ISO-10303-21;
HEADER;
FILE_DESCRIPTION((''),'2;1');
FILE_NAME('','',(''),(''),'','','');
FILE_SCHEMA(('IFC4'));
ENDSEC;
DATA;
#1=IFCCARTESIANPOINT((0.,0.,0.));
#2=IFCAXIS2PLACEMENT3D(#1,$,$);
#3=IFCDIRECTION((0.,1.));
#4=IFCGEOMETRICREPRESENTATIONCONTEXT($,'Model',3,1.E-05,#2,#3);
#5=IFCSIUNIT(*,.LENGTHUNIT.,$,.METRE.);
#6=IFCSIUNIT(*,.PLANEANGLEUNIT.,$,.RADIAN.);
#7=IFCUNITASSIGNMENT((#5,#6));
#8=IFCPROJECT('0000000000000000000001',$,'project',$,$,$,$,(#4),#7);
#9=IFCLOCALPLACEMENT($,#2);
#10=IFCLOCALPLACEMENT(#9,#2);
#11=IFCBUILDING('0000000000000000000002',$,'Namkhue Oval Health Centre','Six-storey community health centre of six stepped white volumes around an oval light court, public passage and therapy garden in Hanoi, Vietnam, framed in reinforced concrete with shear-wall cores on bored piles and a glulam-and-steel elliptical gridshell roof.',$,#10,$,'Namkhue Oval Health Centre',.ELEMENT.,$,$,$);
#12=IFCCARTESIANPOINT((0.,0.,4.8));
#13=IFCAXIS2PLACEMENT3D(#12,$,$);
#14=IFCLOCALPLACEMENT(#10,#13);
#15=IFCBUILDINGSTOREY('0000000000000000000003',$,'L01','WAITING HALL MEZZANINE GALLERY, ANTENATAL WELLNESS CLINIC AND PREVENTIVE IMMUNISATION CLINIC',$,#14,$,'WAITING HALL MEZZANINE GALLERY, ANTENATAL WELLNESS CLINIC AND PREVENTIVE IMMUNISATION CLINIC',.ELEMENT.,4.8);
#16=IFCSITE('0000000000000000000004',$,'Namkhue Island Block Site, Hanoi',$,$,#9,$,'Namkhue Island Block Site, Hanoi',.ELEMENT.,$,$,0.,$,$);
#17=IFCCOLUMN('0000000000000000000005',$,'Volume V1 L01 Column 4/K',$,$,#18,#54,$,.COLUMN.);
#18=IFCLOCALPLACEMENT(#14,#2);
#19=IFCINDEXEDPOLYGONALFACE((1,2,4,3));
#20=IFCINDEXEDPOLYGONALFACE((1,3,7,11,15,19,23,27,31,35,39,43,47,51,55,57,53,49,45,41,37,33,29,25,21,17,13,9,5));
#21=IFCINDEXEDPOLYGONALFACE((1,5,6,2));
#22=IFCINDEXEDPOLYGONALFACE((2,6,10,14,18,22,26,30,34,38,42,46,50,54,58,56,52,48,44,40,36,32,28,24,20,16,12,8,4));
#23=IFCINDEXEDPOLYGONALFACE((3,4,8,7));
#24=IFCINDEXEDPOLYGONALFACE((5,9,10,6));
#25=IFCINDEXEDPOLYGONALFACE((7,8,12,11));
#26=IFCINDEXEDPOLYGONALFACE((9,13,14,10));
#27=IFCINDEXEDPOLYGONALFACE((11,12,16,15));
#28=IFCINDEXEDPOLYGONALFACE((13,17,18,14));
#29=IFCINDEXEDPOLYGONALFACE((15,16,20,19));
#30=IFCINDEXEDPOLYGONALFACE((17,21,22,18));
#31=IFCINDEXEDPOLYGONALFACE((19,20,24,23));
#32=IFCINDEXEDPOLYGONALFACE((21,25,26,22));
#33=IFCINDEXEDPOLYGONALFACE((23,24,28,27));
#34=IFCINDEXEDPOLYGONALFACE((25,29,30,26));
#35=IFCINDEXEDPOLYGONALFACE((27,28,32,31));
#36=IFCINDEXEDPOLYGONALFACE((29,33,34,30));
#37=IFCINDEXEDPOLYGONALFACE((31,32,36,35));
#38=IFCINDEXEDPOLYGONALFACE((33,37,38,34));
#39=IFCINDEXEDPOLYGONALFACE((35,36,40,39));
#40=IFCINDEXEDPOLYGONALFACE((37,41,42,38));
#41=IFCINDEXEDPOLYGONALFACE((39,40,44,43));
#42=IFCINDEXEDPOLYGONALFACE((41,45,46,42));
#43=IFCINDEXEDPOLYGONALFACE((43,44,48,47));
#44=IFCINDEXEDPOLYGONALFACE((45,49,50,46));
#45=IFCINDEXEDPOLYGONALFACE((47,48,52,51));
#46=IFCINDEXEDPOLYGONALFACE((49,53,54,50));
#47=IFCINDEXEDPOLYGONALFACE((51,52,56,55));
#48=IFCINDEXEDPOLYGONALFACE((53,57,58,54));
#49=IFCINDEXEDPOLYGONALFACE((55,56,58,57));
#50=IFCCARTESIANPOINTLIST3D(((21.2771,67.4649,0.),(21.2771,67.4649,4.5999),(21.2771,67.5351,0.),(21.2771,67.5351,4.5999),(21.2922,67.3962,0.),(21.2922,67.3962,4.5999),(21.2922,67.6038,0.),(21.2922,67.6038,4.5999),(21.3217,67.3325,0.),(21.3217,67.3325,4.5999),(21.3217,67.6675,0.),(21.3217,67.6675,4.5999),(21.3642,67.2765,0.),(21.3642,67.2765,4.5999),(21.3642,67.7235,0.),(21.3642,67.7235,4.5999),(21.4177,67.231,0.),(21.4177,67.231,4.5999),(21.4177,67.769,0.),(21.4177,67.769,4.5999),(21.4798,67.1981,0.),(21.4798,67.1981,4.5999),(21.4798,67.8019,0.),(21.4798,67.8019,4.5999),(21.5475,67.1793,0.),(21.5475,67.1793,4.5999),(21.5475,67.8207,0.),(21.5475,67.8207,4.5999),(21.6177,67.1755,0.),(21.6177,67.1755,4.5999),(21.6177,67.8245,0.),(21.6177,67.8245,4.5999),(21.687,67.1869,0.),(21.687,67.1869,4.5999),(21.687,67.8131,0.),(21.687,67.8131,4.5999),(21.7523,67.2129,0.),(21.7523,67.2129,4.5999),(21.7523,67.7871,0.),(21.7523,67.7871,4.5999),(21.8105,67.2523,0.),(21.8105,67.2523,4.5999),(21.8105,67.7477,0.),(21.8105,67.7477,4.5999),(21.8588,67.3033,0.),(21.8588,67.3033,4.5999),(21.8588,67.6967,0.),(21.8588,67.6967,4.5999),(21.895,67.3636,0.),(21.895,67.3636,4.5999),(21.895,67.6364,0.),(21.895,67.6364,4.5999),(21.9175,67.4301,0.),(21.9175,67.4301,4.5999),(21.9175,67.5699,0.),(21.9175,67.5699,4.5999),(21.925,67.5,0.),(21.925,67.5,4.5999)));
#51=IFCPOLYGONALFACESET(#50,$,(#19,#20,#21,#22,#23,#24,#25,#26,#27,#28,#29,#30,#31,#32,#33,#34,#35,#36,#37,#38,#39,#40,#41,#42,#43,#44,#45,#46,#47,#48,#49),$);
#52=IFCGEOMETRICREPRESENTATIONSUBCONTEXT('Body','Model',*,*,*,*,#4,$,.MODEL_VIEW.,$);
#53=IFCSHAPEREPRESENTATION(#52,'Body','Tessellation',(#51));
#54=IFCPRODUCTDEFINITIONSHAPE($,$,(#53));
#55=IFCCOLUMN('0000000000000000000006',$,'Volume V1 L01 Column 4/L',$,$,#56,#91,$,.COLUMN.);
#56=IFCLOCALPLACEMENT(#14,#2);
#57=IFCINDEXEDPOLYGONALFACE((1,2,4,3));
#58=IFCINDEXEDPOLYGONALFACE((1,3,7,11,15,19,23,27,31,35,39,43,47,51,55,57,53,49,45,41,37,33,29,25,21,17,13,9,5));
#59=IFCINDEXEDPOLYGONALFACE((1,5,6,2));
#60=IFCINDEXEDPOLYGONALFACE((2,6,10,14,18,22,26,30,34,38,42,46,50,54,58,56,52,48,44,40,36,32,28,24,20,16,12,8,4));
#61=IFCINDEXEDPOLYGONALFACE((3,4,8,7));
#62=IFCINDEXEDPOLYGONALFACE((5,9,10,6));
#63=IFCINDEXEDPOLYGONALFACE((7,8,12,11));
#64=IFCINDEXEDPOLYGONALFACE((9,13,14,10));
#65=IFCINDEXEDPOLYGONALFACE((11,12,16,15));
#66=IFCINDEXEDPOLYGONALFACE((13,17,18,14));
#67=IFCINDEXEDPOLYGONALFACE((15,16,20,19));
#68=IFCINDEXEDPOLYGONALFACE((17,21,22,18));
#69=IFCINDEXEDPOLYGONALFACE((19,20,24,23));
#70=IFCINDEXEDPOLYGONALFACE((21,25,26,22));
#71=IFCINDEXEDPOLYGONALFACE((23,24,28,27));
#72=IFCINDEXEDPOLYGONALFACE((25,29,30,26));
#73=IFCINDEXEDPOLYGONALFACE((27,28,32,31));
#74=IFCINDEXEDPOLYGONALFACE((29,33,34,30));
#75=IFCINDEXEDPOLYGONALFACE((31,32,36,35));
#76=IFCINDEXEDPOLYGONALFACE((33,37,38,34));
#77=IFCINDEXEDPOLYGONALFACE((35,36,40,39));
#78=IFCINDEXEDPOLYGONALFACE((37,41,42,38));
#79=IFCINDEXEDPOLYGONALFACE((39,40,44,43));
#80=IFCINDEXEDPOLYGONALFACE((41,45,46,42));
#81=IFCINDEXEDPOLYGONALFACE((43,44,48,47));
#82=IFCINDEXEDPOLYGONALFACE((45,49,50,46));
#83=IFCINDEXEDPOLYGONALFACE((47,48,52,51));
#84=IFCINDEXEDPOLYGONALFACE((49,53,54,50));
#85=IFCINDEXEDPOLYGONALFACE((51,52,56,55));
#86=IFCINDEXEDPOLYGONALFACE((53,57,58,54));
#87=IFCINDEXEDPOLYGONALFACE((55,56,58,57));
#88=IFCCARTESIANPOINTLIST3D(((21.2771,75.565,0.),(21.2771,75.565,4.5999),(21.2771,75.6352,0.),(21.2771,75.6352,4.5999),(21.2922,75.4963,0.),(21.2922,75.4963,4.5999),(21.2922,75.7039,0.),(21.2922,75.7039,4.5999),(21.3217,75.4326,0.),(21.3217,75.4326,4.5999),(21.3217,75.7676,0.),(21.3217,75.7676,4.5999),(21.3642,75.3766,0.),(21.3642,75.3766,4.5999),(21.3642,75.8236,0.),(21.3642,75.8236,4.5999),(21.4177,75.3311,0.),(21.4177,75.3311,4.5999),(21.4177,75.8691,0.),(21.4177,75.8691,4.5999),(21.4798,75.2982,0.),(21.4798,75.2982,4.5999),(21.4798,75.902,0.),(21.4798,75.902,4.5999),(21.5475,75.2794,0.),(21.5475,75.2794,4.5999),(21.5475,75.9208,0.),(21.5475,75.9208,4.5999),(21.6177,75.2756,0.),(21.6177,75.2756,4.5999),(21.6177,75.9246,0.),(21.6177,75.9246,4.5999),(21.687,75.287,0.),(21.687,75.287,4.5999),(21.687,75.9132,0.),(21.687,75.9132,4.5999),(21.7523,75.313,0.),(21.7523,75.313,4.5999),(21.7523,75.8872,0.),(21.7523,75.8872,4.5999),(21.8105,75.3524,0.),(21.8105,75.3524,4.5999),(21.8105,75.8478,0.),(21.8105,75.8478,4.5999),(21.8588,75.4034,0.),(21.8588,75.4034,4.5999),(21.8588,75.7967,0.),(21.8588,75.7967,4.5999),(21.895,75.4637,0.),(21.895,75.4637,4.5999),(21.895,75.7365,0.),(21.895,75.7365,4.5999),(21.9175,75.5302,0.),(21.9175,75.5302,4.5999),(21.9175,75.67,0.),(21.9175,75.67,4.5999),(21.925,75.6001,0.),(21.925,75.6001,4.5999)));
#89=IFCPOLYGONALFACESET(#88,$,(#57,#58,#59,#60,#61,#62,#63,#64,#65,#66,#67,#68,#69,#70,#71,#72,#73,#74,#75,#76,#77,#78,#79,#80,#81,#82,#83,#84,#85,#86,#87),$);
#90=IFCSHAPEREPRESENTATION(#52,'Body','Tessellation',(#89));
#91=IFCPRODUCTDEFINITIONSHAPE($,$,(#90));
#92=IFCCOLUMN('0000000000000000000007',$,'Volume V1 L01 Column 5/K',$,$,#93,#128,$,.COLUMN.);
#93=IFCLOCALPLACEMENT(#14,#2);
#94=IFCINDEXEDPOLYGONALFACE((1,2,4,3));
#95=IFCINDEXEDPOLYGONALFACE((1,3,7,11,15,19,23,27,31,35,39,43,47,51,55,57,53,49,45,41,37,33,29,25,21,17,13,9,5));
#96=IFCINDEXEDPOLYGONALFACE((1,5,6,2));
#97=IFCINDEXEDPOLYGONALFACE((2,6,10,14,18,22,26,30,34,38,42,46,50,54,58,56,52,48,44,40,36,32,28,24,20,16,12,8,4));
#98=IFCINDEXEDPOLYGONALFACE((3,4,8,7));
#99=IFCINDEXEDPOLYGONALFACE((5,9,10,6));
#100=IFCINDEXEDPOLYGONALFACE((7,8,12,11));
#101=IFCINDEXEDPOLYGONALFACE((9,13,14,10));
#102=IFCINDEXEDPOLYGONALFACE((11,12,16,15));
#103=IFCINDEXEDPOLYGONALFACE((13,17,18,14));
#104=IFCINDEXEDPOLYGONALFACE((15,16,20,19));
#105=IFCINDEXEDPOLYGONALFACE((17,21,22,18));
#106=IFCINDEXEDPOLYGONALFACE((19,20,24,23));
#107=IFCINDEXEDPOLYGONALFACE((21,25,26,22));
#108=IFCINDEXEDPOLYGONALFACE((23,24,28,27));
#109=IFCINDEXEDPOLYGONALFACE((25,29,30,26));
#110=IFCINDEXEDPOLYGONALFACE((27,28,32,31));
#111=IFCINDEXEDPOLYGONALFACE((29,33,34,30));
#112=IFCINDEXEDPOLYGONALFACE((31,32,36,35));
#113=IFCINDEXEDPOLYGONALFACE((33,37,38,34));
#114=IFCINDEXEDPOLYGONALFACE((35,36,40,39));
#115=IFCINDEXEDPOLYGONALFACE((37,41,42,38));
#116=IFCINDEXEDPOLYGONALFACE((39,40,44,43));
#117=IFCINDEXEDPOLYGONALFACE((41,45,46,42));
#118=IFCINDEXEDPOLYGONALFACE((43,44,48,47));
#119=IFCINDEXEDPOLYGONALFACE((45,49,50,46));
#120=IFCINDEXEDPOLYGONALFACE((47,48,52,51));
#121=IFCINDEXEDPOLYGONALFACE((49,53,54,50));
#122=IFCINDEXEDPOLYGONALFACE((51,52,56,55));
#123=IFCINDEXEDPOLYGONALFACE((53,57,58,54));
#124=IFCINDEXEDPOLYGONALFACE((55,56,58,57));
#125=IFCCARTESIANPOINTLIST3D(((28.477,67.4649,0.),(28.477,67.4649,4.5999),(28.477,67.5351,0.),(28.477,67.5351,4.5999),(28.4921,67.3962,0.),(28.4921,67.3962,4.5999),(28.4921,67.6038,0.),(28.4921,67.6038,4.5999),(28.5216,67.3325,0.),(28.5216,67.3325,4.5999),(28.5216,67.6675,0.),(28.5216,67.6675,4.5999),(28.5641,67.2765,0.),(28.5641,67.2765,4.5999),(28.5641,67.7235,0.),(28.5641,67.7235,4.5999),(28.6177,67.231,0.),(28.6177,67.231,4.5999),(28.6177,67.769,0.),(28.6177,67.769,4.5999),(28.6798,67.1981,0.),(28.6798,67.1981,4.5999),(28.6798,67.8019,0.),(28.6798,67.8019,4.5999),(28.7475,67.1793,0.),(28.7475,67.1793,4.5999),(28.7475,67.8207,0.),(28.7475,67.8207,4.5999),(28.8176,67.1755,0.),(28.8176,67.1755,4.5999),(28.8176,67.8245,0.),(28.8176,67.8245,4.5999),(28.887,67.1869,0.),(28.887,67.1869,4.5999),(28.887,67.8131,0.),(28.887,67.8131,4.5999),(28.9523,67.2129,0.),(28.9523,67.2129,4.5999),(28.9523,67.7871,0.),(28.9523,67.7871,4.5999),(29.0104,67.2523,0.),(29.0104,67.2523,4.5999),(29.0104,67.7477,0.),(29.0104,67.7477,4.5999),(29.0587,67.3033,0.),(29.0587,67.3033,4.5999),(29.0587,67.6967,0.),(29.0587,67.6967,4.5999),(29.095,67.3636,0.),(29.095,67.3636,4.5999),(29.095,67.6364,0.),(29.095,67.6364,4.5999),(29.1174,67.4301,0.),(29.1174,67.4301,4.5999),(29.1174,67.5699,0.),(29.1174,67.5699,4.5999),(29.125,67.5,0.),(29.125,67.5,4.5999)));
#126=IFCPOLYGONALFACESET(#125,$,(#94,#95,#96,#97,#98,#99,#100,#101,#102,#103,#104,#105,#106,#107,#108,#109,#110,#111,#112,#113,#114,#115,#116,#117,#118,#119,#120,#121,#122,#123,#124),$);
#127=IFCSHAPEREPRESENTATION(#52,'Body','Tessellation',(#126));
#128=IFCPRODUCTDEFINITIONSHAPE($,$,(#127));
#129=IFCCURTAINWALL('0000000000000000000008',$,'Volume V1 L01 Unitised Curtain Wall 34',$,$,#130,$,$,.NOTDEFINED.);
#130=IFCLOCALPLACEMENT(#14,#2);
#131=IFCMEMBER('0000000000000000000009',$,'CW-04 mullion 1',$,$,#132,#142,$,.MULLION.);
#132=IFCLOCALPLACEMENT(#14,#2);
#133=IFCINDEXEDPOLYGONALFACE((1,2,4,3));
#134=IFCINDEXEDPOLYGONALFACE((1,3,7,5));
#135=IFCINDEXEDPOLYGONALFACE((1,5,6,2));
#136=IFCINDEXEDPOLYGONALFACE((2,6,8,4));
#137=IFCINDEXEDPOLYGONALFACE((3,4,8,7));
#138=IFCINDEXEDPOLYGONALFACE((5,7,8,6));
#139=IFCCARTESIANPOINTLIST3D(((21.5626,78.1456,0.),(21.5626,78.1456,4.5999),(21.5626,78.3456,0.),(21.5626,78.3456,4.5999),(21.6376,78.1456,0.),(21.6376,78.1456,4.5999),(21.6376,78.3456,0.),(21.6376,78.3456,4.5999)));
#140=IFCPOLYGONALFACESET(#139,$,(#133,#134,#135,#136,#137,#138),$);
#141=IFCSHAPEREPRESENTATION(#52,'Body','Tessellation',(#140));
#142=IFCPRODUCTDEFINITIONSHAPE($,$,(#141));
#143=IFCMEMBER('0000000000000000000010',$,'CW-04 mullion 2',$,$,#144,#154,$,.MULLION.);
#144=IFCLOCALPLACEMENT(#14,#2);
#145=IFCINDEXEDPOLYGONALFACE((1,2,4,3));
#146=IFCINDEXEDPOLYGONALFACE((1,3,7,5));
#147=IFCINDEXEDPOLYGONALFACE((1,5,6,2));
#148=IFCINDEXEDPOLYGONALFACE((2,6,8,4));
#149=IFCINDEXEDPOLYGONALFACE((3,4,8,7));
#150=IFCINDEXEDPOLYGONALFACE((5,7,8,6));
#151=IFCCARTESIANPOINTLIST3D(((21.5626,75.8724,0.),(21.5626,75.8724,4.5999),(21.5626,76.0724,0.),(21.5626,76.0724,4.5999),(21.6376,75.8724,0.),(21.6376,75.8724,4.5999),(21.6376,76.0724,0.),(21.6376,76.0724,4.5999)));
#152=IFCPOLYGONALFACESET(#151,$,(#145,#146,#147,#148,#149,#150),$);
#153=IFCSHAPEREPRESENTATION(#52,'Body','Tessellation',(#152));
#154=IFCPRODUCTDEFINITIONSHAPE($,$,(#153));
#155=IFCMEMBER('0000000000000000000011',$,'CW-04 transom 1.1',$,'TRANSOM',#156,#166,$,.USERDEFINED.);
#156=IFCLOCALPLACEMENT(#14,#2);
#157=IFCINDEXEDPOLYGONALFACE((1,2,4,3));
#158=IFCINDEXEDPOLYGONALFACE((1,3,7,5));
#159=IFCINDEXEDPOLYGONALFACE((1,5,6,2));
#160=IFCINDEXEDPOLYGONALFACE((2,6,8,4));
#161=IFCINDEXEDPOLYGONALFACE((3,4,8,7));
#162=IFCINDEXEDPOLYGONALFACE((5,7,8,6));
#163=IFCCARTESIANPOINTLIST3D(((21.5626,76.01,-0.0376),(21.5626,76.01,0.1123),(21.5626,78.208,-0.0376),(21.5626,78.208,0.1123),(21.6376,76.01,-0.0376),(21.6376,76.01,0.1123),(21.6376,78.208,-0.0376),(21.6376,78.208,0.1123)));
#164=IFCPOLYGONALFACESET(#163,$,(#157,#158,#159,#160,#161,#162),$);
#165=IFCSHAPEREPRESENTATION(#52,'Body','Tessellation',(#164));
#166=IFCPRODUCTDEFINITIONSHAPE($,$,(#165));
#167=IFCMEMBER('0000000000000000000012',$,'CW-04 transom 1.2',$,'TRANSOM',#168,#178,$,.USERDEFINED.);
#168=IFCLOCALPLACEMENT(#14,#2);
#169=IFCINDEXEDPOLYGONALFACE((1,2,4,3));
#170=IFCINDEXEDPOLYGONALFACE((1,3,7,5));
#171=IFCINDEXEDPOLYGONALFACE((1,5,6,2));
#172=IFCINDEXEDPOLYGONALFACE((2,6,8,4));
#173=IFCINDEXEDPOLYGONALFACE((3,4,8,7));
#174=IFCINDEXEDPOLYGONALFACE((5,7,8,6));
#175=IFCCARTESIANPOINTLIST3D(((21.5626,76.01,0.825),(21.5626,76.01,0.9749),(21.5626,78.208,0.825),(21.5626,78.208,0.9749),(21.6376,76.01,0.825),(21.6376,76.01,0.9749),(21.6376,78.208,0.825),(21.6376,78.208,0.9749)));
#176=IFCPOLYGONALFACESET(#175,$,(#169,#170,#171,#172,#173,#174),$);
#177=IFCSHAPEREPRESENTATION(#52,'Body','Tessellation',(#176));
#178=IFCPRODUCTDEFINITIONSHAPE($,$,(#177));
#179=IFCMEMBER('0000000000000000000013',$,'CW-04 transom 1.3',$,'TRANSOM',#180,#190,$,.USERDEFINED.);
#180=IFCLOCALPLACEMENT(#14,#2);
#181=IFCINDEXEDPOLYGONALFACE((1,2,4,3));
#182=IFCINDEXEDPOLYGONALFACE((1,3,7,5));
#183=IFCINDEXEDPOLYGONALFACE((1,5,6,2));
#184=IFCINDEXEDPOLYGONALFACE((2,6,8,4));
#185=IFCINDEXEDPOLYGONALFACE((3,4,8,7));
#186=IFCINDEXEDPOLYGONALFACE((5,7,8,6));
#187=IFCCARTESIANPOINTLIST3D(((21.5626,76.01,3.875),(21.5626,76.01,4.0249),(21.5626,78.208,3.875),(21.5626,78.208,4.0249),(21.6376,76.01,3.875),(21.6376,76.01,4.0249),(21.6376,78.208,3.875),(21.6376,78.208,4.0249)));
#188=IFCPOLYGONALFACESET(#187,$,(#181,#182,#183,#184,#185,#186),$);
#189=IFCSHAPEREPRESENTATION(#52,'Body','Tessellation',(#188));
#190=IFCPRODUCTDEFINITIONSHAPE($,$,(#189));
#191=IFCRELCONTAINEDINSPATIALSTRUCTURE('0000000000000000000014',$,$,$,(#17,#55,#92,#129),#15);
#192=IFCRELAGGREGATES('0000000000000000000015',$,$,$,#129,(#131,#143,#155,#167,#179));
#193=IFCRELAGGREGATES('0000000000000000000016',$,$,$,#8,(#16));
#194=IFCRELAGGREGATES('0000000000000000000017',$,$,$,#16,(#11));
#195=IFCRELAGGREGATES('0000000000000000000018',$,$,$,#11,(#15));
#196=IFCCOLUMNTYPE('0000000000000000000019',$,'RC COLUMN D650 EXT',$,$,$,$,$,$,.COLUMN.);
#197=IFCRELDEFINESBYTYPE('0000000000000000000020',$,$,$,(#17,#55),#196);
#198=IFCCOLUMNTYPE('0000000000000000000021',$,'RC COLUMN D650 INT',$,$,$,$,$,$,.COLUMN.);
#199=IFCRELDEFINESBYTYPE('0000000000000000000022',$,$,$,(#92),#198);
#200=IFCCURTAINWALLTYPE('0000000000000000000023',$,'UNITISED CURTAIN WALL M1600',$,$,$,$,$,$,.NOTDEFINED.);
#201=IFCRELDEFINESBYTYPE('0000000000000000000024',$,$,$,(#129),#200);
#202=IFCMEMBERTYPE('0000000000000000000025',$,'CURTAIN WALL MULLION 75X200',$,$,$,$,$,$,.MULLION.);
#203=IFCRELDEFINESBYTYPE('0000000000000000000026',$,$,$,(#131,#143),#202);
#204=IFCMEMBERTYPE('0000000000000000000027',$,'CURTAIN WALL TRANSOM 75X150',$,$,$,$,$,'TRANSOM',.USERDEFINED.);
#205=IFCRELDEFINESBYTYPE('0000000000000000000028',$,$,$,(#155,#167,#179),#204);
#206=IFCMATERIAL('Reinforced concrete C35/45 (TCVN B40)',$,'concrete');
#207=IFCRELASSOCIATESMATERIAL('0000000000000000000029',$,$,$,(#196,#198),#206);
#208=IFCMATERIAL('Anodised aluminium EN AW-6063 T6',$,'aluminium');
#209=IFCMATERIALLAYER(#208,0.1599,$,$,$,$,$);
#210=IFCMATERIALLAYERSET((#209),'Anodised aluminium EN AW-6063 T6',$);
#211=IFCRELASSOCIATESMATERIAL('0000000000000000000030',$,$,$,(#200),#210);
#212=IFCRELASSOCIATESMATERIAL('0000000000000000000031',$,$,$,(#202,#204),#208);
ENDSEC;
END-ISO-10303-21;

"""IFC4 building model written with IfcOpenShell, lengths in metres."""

from ifc_helpers import new_model, si_unit, direction, frame, origin, origin_2d, place, context, subcontext, project, spatial, rectangle, circle, extrude, material, layer, layer_set, material_profile, profile_set, type_object, element, aggregate, save


model = new_model("IFC4")

# Units and contexts
model_context = context("Model", 3, precision=1e-05, world=origin(), true_north=direction((0.0, 1.0)))
body_context = subcontext(model_context, "Body", "Model", "MODEL_VIEW")
ifc_project = project(units=[si_unit("LENGTHUNIT", "METRE"), si_unit("PLANEANGLEUNIT", "RADIAN")], contexts=[model_context])

# Site, building, storey
site_placement = place(None, origin())
site = spatial("IfcSite", under=ifc_project, at=site_placement, Name="Namkhue Island Block Site, Hanoi", LongName="Namkhue Island Block Site, Hanoi", CompositionType="ELEMENT", RefElevation=0.0)
building_placement = place(site_placement, origin())
building = spatial("IfcBuilding", under=site, at=building_placement, Name="Namkhue Oval Health Centre", Description="Six-storey community health centre of six stepped white volumes around an oval light court, public passage and therapy garden in Hanoi, Vietnam, framed in reinforced concrete with shear-wall cores on bored piles and a glulam-and-steel elliptical gridshell roof.", LongName="Namkhue Oval Health Centre", CompositionType="ELEMENT")
storey_placement = place(building_placement, frame((0.0, 0.0, 4.8)))
storey = spatial("IfcBuildingStorey", under=building, at=storey_placement, Name="L01", Description="WAITING HALL MEZZANINE GALLERY, ANTENATAL WELLNESS CLINIC AND PREVENTIVE IMMUNISATION CLINIC", LongName="WAITING HALL MEZZANINE GALLERY, ANTENATAL WELLNESS CLINIC AND PREVENTIVE IMMUNISATION CLINIC", CompositionType="ELEMENT", Elevation=4.8)

# Columns
ifc_material_1 = material(Name="Reinforced concrete C35/45 (TCVN B40)", Category="concrete")
ifc_material_profile_1 = material_profile(ifc_material_1, circle(Radius=0.325, at=origin_2d()), Name="RC D650")
ifc_profile_set_1 = profile_set([ifc_material_profile_1], Name="Reinforced concrete C35/45 (TCVN B40)")
column_type_1 = type_object("IfcColumnType", Name="RC COLUMN D650 EXT", PredefinedType="COLUMN", material=ifc_profile_set_1)
for number, where, z_axis, x_axis, name in (
    (1, (21.6001, 67.5, 0.0), (0.0, 0.0, 1.0), (1.0, 0.0, 0.0), "Volume V1 L01 Column 4/K"),
    (2, (21.6001, 75.6001, 0.0), (0.0, 0.0, 1.0), (1.0, 0.0, 0.0), "Volume V1 L01 Column 4/L"),
):
    element("IfcColumn", number, at=place(storey_placement, frame(where, z_axis=z_axis, x_axis=x_axis)), inside=storey, type_object=column_type_1, Name=name, PredefinedType="COLUMN", context=body_context, shape_type="SweptSolid", body=[
        extrude(circle(Radius=0.325, at=origin_2d()), origin(), (0.0, 0.0, 1.0), 4.5999),
    ])
ifc_material_profile_2 = material_profile(ifc_material_1, circle(Radius=0.325, at=origin_2d()), Name="RC D650")
ifc_profile_set_2 = profile_set([ifc_material_profile_2], Name="Reinforced concrete C35/45 (TCVN B40)")
column_type_2 = type_object("IfcColumnType", Name="RC COLUMN D650 INT", PredefinedType="COLUMN", material=ifc_profile_set_2)
column_placement = place(storey_placement, frame((28.8, 67.5, 0.0), z_axis=(0.0, 0.0, 1.0), x_axis=(1.0, 0.0, 0.0)))
element("IfcColumn", 3, at=column_placement, inside=storey, type_object=column_type_2, Name="Volume V1 L01 Column 5/K", PredefinedType="COLUMN", context=body_context, shape_type="SweptSolid", body=[
    extrude(circle(Radius=0.325, at=origin_2d()), origin(), (0.0, 0.0, 1.0), 4.5999),
])

# Curtain wall, members
ifc_material_2 = material(Name="Anodised aluminium EN AW-6063 T6", Category="aluminium")
ifc_layer_1 = layer(ifc_material_2, 0.1599)
ifc_layer_set_1 = layer_set([ifc_layer_1], Name="Anodised aluminium EN AW-6063 T6")
curtain_wall_type = type_object("IfcCurtainWallType", Name="UNITISED CURTAIN WALL M1600", PredefinedType="NOTDEFINED", material=ifc_layer_set_1)
curtain_wall_placement = place(storey_placement, origin())
curtain_wall = element("IfcCurtainWall", 4, at=curtain_wall_placement, inside=storey, type_object=curtain_wall_type, Name="Volume V1 L01 Unitised Curtain Wall 34", PredefinedType="NOTDEFINED")
ifc_material_profile_3 = material_profile(ifc_material_2, rectangle(XDim=0.075, YDim=0.2, at=origin_2d()), Name="ALU 75x200")
ifc_profile_set_3 = profile_set([ifc_material_profile_3], Name="Anodised aluminium EN AW-6063 T6")
member_type_1 = type_object("IfcMemberType", Name="CURTAIN WALL MULLION 75X200", PredefinedType="MULLION", material=ifc_profile_set_3)
member_1_placement = place(storey_placement, frame((21.6001, 78.2456, 0.0), z_axis=(0.0, 0.0, 1.0), x_axis=(1.0, 0.0, 0.0)))
member_1 = element("IfcMember", 5, at=member_1_placement, type_object=member_type_1, Name="CW-04 mullion 1", PredefinedType="MULLION", context=body_context, shape_type="SweptSolid", body=[
    extrude(rectangle(XDim=0.075, YDim=0.2, at=origin_2d()), origin(), (0.0, 0.0, 1.0), 4.5999),
])
member_2_placement = place(storey_placement, frame((21.6001, 75.9724, 0.0), z_axis=(0.0, 0.0, 1.0), x_axis=(1.0, 0.0, 0.0)))
member_2 = element("IfcMember", 6, at=member_2_placement, type_object=member_type_1, Name="CW-04 mullion 2", PredefinedType="MULLION", context=body_context, shape_type="SweptSolid", body=[
    extrude(rectangle(XDim=0.075, YDim=0.2, at=origin_2d()), origin(), (0.0, 0.0, 1.0), 4.5999),
])
ifc_material_profile_4 = material_profile(ifc_material_2, rectangle(XDim=0.075, YDim=0.1499, at=origin_2d()), Name="ALU 75x150")
ifc_profile_set_4 = profile_set([ifc_material_profile_4], Name="Anodised aluminium EN AW-6063 T6")
member_type_2 = type_object("IfcMemberType", Name="CURTAIN WALL TRANSOM 75X150", ElementType="TRANSOM", PredefinedType="USERDEFINED", material=ifc_profile_set_4)
member_3_placement = place(storey_placement, frame((21.6001, 78.208, 0.0374), z_axis=(0.0, -1.0, 0.0), x_axis=(1.0, 0.0, 0.0)))
member_3 = element("IfcMember", 7, at=member_3_placement, type_object=member_type_2, Name="CW-04 transom 1.1", ObjectType="TRANSOM", PredefinedType="USERDEFINED", context=body_context, shape_type="SweptSolid", body=[
    extrude(rectangle(XDim=0.075, YDim=0.1499, at=origin_2d()), origin(), (0.0, 0.0, 1.0), 2.198),
])
member_4_placement = place(storey_placement, frame((21.6001, 78.208, 0.8999), z_axis=(0.0, -1.0, 0.0), x_axis=(1.0, 0.0, 0.0)))
member_4 = element("IfcMember", 8, at=member_4_placement, type_object=member_type_2, Name="CW-04 transom 1.2", ObjectType="TRANSOM", PredefinedType="USERDEFINED", context=body_context, shape_type="SweptSolid", body=[
    extrude(rectangle(XDim=0.075, YDim=0.1499, at=origin_2d()), origin(), (0.0, 0.0, 1.0), 2.198),
])
member_5_placement = place(storey_placement, frame((21.6001, 78.208, 3.95), z_axis=(0.0, -1.0, 0.0), x_axis=(1.0, 0.0, 0.0)))
member_5 = element("IfcMember", 9, at=member_5_placement, type_object=member_type_2, Name="CW-04 transom 1.3", ObjectType="TRANSOM", PredefinedType="USERDEFINED", context=body_context, shape_type="SweptSolid", body=[
    extrude(rectangle(XDim=0.075, YDim=0.1499, at=origin_2d()), origin(), (0.0, 0.0, 1.0), 2.198),
])

aggregate(curtain_wall, [member_1, member_2, member_3, member_4, member_5])

save(model, "model.ifc")
